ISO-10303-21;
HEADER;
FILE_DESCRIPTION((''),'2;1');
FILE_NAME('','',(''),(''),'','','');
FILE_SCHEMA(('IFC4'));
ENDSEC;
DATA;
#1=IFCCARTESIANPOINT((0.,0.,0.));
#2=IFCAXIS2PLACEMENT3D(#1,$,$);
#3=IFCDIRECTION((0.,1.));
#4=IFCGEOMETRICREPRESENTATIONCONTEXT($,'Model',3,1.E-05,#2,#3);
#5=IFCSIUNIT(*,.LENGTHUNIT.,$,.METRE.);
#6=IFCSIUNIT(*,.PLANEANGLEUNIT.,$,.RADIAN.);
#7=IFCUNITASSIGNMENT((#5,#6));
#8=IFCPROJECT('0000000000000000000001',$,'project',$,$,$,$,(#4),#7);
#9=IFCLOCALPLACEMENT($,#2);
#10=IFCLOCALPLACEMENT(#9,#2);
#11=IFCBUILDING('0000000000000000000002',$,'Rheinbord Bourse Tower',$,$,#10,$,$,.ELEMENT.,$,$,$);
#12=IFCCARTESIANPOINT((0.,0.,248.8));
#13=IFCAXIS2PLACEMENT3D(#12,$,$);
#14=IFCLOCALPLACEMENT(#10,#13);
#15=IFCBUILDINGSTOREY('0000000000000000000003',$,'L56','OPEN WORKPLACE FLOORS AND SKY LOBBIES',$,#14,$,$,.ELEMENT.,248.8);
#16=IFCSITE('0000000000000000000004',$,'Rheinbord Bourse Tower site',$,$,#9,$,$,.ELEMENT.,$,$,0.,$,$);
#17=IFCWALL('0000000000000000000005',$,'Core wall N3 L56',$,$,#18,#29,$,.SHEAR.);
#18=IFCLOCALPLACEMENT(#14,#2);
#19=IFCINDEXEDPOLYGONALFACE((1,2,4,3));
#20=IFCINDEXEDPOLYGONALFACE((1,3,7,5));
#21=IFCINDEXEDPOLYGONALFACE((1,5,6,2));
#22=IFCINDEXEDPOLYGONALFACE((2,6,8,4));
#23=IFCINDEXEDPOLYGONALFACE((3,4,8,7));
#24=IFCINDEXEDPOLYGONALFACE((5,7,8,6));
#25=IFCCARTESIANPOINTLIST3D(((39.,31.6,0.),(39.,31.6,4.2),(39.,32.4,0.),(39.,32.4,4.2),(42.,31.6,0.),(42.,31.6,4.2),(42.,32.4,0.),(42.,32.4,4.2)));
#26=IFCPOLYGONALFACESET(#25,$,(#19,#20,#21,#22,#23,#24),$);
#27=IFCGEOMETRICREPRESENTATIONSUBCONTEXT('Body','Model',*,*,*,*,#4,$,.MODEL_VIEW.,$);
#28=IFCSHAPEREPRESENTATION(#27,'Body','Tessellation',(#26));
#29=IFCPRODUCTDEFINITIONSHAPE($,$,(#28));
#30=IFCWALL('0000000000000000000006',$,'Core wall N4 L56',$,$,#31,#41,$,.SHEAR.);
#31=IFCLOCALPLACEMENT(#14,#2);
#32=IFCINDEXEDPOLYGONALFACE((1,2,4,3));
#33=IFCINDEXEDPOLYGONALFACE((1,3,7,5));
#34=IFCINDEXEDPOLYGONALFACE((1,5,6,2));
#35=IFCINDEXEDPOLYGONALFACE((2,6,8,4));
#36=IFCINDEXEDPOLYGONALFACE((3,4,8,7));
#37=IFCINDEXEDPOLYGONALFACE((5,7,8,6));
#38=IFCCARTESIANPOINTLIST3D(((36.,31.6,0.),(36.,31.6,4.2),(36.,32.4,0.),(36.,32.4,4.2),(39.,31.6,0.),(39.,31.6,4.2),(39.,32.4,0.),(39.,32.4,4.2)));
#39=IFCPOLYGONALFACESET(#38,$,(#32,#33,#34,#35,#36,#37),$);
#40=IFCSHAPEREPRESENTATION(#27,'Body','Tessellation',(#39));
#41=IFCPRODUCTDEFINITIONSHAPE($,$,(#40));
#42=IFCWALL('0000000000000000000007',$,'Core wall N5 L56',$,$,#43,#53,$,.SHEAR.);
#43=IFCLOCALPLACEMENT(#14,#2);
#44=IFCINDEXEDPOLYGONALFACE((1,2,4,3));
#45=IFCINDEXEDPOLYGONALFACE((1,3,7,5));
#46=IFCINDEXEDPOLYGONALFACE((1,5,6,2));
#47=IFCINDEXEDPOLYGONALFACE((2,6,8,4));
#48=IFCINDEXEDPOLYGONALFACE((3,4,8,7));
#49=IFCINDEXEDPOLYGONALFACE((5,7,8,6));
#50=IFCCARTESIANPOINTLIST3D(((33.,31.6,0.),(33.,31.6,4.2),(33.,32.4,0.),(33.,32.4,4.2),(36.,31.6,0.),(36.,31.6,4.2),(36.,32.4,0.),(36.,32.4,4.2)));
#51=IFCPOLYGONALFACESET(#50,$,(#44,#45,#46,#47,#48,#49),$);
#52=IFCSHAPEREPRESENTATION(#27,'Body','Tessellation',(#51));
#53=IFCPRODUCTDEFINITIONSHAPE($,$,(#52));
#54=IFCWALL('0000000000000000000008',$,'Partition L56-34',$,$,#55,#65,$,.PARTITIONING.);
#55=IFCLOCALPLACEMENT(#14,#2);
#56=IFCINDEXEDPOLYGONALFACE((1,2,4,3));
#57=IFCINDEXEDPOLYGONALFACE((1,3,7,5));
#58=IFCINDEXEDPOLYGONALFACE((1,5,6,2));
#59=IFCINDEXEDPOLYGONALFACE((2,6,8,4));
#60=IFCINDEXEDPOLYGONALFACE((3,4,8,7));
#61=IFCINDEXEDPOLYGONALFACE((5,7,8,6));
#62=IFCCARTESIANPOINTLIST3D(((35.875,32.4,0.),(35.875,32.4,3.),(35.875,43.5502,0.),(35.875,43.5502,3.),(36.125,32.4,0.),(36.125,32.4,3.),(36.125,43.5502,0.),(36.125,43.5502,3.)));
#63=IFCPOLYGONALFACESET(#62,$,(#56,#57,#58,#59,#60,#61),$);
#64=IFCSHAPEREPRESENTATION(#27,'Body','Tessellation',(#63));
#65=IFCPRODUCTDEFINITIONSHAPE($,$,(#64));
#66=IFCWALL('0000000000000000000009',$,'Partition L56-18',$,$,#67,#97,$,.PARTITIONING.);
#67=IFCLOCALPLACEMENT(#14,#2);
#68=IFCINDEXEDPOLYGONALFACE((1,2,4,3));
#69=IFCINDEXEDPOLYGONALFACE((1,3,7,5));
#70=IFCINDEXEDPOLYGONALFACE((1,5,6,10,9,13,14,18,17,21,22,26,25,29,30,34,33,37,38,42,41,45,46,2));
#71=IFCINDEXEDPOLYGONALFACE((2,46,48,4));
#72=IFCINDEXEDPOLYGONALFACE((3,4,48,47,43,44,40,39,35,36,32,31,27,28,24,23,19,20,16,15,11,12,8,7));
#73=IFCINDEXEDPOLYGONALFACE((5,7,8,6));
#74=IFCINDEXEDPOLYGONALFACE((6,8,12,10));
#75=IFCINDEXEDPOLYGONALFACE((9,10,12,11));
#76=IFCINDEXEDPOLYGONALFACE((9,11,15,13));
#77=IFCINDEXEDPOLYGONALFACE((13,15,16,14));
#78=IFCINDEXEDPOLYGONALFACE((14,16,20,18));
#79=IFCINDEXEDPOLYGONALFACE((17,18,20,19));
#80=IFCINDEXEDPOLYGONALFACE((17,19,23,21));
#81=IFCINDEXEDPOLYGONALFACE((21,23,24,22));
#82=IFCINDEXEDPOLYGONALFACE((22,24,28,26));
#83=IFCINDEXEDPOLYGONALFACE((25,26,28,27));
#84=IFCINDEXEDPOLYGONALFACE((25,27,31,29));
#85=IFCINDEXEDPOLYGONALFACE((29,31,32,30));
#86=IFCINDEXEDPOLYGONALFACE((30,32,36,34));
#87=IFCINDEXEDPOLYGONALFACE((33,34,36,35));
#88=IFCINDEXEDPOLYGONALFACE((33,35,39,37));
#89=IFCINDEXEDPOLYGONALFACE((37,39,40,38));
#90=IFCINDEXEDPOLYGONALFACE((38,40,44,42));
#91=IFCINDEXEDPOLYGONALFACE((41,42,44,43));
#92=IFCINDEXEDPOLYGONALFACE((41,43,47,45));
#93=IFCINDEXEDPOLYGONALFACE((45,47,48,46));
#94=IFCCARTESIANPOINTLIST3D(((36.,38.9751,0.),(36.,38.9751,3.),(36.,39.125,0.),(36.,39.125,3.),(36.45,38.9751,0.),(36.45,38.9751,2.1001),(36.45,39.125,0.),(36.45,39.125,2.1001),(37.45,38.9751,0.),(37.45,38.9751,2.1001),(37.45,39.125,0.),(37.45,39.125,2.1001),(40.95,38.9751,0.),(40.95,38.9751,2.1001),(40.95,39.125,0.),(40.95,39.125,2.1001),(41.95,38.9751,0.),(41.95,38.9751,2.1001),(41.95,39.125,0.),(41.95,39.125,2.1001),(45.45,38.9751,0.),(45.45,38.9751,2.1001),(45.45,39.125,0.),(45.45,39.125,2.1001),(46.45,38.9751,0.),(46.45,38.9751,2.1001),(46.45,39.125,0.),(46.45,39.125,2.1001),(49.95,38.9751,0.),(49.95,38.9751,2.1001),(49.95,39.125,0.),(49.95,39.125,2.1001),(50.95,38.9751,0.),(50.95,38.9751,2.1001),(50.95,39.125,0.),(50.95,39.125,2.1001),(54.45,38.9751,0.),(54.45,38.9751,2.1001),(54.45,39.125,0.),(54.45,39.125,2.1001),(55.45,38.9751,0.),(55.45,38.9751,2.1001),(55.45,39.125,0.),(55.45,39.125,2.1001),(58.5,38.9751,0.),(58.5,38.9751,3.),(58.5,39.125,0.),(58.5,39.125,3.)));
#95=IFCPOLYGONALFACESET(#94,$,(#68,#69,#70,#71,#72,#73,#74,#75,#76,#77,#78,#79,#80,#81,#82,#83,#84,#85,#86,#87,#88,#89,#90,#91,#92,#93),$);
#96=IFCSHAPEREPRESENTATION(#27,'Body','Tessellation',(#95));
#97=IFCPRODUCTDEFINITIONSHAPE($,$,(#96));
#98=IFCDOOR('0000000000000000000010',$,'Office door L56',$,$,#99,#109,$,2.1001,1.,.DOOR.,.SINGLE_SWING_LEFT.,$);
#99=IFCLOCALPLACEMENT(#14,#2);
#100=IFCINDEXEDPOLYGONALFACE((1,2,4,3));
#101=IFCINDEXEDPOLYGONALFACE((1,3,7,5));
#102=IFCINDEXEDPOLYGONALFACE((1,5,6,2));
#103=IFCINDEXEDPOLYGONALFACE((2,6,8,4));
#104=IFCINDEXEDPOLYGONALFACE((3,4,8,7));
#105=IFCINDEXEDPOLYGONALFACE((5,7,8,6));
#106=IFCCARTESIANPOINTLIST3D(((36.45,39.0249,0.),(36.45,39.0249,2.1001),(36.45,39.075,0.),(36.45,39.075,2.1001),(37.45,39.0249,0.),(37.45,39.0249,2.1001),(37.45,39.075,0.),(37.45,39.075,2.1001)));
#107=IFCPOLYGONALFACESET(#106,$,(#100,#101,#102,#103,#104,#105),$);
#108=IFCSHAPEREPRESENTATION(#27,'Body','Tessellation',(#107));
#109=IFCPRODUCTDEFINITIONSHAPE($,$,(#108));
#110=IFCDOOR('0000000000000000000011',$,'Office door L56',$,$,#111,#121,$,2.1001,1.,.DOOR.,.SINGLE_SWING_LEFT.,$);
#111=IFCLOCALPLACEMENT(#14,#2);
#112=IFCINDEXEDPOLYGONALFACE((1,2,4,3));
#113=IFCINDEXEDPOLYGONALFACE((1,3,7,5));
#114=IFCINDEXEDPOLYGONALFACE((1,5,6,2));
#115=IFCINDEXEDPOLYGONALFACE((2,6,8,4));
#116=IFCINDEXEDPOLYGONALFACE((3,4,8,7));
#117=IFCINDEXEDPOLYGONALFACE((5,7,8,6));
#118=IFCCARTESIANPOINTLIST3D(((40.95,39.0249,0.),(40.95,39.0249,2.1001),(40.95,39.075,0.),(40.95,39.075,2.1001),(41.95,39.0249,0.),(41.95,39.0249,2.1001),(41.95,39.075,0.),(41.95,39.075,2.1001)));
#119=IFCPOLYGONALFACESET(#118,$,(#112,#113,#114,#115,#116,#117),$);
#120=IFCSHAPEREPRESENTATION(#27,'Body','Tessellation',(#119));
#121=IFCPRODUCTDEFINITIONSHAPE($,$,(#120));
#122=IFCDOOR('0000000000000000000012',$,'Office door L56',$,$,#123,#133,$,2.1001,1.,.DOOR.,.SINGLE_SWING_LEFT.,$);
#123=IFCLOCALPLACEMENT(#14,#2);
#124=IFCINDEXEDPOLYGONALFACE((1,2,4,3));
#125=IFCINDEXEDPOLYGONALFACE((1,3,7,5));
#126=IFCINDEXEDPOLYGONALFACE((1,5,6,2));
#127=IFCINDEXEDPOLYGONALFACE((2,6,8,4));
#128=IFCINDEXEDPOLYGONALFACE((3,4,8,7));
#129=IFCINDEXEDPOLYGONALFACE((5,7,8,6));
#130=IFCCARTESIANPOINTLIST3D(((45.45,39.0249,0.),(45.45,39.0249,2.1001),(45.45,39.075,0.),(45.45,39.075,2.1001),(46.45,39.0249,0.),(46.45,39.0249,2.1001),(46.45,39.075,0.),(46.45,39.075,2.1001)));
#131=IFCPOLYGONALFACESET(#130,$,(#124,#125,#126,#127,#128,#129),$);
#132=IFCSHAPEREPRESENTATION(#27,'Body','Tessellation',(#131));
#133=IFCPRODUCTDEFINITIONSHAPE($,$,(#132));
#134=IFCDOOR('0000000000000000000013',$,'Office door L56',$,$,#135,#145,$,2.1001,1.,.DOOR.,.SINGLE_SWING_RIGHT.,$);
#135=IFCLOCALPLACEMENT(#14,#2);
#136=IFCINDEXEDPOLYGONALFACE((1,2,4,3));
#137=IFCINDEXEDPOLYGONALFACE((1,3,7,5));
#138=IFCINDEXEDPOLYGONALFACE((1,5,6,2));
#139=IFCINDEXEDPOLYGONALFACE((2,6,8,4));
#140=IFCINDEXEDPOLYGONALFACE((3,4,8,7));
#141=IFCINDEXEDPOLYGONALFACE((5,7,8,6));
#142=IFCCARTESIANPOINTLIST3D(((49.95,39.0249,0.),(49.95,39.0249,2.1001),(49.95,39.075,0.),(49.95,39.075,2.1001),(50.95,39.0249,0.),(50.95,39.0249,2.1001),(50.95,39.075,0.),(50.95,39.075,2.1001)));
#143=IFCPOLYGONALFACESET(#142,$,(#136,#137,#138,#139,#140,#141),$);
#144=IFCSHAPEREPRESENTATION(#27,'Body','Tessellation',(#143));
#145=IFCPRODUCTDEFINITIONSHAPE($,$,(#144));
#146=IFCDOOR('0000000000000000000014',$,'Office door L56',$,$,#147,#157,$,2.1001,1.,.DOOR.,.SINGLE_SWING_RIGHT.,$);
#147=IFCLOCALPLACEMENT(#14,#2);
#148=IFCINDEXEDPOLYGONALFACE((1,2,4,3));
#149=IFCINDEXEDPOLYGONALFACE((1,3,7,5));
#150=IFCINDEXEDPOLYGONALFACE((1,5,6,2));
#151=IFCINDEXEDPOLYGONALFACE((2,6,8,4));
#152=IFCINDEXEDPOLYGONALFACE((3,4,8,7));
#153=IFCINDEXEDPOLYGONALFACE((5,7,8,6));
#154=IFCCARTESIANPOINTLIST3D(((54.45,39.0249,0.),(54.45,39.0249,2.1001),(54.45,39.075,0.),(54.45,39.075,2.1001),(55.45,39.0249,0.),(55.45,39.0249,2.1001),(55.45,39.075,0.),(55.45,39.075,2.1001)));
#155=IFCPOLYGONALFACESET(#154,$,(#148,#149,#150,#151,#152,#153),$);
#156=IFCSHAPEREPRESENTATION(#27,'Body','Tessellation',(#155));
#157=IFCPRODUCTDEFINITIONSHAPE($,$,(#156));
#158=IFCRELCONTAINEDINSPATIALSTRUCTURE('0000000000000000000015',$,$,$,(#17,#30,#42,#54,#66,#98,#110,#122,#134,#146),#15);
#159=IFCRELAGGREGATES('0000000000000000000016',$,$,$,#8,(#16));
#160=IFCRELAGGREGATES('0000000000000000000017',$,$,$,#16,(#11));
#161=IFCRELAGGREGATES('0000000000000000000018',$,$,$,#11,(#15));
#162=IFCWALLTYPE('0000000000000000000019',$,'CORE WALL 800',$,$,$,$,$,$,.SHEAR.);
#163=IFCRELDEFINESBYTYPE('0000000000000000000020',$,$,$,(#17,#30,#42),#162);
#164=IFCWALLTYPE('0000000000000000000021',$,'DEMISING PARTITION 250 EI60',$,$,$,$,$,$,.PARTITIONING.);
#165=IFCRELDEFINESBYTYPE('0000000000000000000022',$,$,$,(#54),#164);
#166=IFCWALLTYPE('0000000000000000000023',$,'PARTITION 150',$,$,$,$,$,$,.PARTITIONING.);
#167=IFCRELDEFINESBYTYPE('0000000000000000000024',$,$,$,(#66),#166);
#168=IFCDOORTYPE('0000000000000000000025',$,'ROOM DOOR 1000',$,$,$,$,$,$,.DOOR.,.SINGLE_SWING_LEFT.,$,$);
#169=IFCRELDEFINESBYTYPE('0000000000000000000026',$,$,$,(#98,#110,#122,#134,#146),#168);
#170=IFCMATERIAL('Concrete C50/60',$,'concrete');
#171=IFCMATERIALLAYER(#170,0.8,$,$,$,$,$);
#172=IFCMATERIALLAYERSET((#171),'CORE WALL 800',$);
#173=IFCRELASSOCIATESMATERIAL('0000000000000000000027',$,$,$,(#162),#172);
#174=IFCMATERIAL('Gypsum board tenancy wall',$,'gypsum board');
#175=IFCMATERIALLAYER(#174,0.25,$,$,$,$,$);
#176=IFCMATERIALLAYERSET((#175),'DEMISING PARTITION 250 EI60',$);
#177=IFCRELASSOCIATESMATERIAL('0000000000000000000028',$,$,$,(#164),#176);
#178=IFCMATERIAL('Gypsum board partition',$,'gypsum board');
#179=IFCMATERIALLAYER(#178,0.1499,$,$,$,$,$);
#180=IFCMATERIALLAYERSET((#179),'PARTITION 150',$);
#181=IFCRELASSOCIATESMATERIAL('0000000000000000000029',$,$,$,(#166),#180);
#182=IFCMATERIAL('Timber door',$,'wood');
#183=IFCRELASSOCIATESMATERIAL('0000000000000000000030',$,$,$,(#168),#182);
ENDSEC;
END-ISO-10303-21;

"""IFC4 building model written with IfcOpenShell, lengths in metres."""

from ifc_helpers import new_model, si_unit, direction, frame, frame_2d, origin, place, context, subcontext, project, spatial, rectangle, extrude, material, layer, layer_set, type_object, element, fill, save


model = new_model("IFC4")

# Units and contexts
model_context = context("Model", 3, precision=1e-05, world=origin(), true_north=direction((0.0, 1.0)))
body_context = subcontext(model_context, "Body", "Model", "MODEL_VIEW")
ifc_project = project(units=[si_unit("LENGTHUNIT", "METRE"), si_unit("PLANEANGLEUNIT", "RADIAN")], contexts=[model_context])

# Site, building, storey
site_placement = place(None, origin())
site = spatial("IfcSite", under=ifc_project, at=site_placement, Name="Rheinbord Bourse Tower site", CompositionType="ELEMENT", RefElevation=0.0)
building_placement = place(site_placement, origin())
building = spatial("IfcBuilding", under=site, at=building_placement, Name="Rheinbord Bourse Tower", CompositionType="ELEMENT")
storey_placement = place(building_placement, frame((0.0, 0.0, 248.8)))
storey = spatial("IfcBuildingStorey", under=building, at=storey_placement, Name="L56", Description="OPEN WORKPLACE FLOORS AND SKY LOBBIES", CompositionType="ELEMENT", Elevation=248.8)

# Walls
ifc_material_1 = material(Name="Concrete C50/60", Category="concrete")
ifc_layer_1 = layer(ifc_material_1, 0.8)
ifc_layer_set_1 = layer_set([ifc_layer_1], Name="CORE WALL 800")
wall_type_1 = type_object("IfcWallType", Name="CORE WALL 800", PredefinedType="SHEAR", material=ifc_layer_set_1)
for number, where, z_axis, x_axis, name in (
    (1, (42.0, 32.0, 0.0), (0.0, 0.0, 1.0), (-1.0, 0.0, 0.0), "Core wall N3 L56"),
    (2, (39.0, 32.0, 0.0), (0.0, 0.0, 1.0), (-1.0, 0.0, 0.0), "Core wall N4 L56"),
    (3, (36.0, 32.0, 0.0), (0.0, 0.0, 1.0), (-1.0, 0.0, 0.0), "Core wall N5 L56"),
):
    element("IfcWall", number, at=place(storey_placement, frame(where, z_axis=z_axis, x_axis=x_axis)), inside=storey, type_object=wall_type_1, Name=name, PredefinedType="SHEAR", context=body_context, shape_type="SweptSolid", body=[
        extrude(rectangle(XDim=3.0, YDim=0.8, at=frame_2d((1.5, 0.0))), origin(), (0.0, 0.0, 1.0), 4.2),
    ])
ifc_material_2 = material(Name="Gypsum board tenancy wall", Category="gypsum board")
ifc_layer_2 = layer(ifc_material_2, 0.25)
ifc_layer_set_2 = layer_set([ifc_layer_2], Name="DEMISING PARTITION 250 EI60")
wall_type_2 = type_object("IfcWallType", Name="DEMISING PARTITION 250 EI60", PredefinedType="PARTITIONING", material=ifc_layer_set_2)
wall_1_placement = place(storey_placement, frame((36.0, 32.3999, 0.0), z_axis=(0.0, 0.0, 1.0), x_axis=(0.0, 1.0, 0.0)))
element("IfcWall", 4, at=wall_1_placement, inside=storey, type_object=wall_type_2, Name="Partition L56-34", PredefinedType="PARTITIONING", context=body_context, shape_type="SweptSolid", body=[
    extrude(rectangle(XDim=11.1501, YDim=0.25, at=frame_2d((5.5752, 0.0))), origin(), (0.0, 0.0, 1.0), 3.0),
])

# Wall, openings, doors
ifc_material_3 = material(Name="Gypsum board partition", Category="gypsum board")
ifc_layer_3 = layer(ifc_material_3, 0.1499)
ifc_layer_set_3 = layer_set([ifc_layer_3], Name="PARTITION 150")
wall_type_3 = type_object("IfcWallType", Name="PARTITION 150", PredefinedType="PARTITIONING", material=ifc_layer_set_3)
wall_2_placement = place(storey_placement, frame((36.0, 39.05, 0.0), z_axis=(0.0, 0.0, 1.0), x_axis=(1.0, 0.0, 0.0)))
wall_2 = element("IfcWall", 5, at=wall_2_placement, inside=storey, type_object=wall_type_3, Name="Partition L56-18", PredefinedType="PARTITIONING", context=body_context, shape_type="SweptSolid", body=[
    extrude(rectangle(XDim=22.5, YDim=0.1499, at=frame_2d((11.25, 0.0))), origin(), (0.0, 0.0, 1.0), 3.0),
])
opening_1_placement = place(wall_2_placement, frame((0.45, 0.0, 0.0)))
opening_1 = element("IfcOpeningElement", 6, at=opening_1_placement, cuts=wall_2, PredefinedType="OPENING", context=body_context, shape_type="SweptSolid", body=[
    extrude(rectangle(XDim=1.0, YDim=2.1001, at=frame_2d((0.5, 1.05))), frame((0.0, 0.085, 0.0), z_axis=(0.0, -1.0, 0.0), x_axis=(1.0, 0.0, 0.0)), (0.0, 0.0, 1.0), 0.1699),
])
opening_2_placement = place(wall_2_placement, frame((4.95, 0.0, 0.0)))
opening_2 = element("IfcOpeningElement", 7, at=opening_2_placement, cuts=wall_2, PredefinedType="OPENING", context=body_context, shape_type="SweptSolid", body=[
    extrude(rectangle(XDim=1.0, YDim=2.1001, at=frame_2d((0.5, 1.05))), frame((0.0, 0.085, 0.0), z_axis=(0.0, -1.0, 0.0), x_axis=(1.0, 0.0, 0.0)), (0.0, 0.0, 1.0), 0.1699),
])
opening_3_placement = place(wall_2_placement, frame((9.45, 0.0, 0.0)))
opening_3 = element("IfcOpeningElement", 8, at=opening_3_placement, cuts=wall_2, PredefinedType="OPENING", context=body_context, shape_type="SweptSolid", body=[
    extrude(rectangle(XDim=1.0, YDim=2.1001, at=frame_2d((0.5, 1.05))), frame((0.0, 0.085, 0.0), z_axis=(0.0, -1.0, 0.0), x_axis=(1.0, 0.0, 0.0)), (0.0, 0.0, 1.0), 0.1699),
])
opening_4_placement = place(wall_2_placement, frame((13.95, 0.0, 0.0)))
opening_4 = element("IfcOpeningElement", 9, at=opening_4_placement, cuts=wall_2, PredefinedType="OPENING", context=body_context, shape_type="SweptSolid", body=[
    extrude(rectangle(XDim=1.0, YDim=2.1001, at=frame_2d((0.5, 1.05))), frame((0.0, 0.085, 0.0), z_axis=(0.0, -1.0, 0.0), x_axis=(1.0, 0.0, 0.0)), (0.0, 0.0, 1.0), 0.1699),
])
opening_5_placement = place(wall_2_placement, frame((18.45, 0.0, 0.0)))
opening_5 = element("IfcOpeningElement", 10, at=opening_5_placement, cuts=wall_2, PredefinedType="OPENING", context=body_context, shape_type="SweptSolid", body=[
    extrude(rectangle(XDim=1.0, YDim=2.1001, at=frame_2d((0.5, 1.05))), frame((0.0, 0.085, 0.0), z_axis=(0.0, -1.0, 0.0), x_axis=(1.0, 0.0, 0.0)), (0.0, 0.0, 1.0), 0.1699),
])
ifc_material_4 = material(Name="Timber door", Category="wood")
door_type_1 = type_object("IfcDoorType", Name="ROOM DOOR 1000", OperationType="SINGLE_SWING_LEFT", PredefinedType="DOOR", material=ifc_material_4)
door_1_placement = place(opening_1_placement, origin())
door_1 = element("IfcDoor", 11, at=door_1_placement, inside=storey, type_object=door_type_1, Name="Office door L56", OperationType="SINGLE_SWING_LEFT", OverallHeight=2.1001, OverallWidth=1.0, PredefinedType="DOOR", context=body_context, shape_type="SweptSolid", body=[
    extrude(rectangle(XDim=1.0, YDim=2.1001, at=frame_2d((0.5, 1.05))), frame((0.0, 0.0249, 0.0), z_axis=(0.0, -1.0, 0.0), x_axis=(1.0, 0.0, 0.0)), (0.0, 0.0, 1.0), 0.05),
])
fill(opening_1, door_1)
door_2_placement = place(opening_2_placement, origin())
door_2 = element("IfcDoor", 12, at=door_2_placement, inside=storey, type_object=door_type_1, Name="Office door L56", OperationType="SINGLE_SWING_LEFT", OverallHeight=2.1001, OverallWidth=1.0, PredefinedType="DOOR", context=body_context, shape_type="SweptSolid", body=[
    extrude(rectangle(XDim=1.0, YDim=2.1001, at=frame_2d((0.5, 1.05))), frame((0.0, 0.0249, 0.0), z_axis=(0.0, -1.0, 0.0), x_axis=(1.0, 0.0, 0.0)), (0.0, 0.0, 1.0), 0.05),
])
fill(opening_2, door_2)
door_3_placement = place(opening_3_placement, origin())
door_3 = element("IfcDoor", 13, at=door_3_placement, inside=storey, type_object=door_type_1, Name="Office door L56", OperationType="SINGLE_SWING_LEFT", OverallHeight=2.1001, OverallWidth=1.0, PredefinedType="DOOR", context=body_context, shape_type="SweptSolid", body=[
    extrude(rectangle(XDim=1.0, YDim=2.1001, at=frame_2d((0.5, 1.05))), frame((0.0, 0.0249, 0.0), z_axis=(0.0, -1.0, 0.0), x_axis=(1.0, 0.0, 0.0)), (0.0, 0.0, 1.0), 0.05),
])
fill(opening_3, door_3)
door_4_placement = place(opening_4_placement, origin())
door_4 = element("IfcDoor", 14, at=door_4_placement, inside=storey, type_object=door_type_1, Name="Office door L56", OperationType="SINGLE_SWING_RIGHT", OverallHeight=2.1001, OverallWidth=1.0, PredefinedType="DOOR", context=body_context, shape_type="SweptSolid", body=[
    extrude(rectangle(XDim=1.0, YDim=2.1001, at=frame_2d((0.5, 1.05))), frame((0.0, 0.0249, 0.0), z_axis=(0.0, -1.0, 0.0), x_axis=(1.0, 0.0, 0.0)), (0.0, 0.0, 1.0), 0.05),
])
fill(opening_4, door_4)
door_5_placement = place(opening_5_placement, origin())
door_5 = element("IfcDoor", 15, at=door_5_placement, inside=storey, type_object=door_type_1, Name="Office door L56", OperationType="SINGLE_SWING_RIGHT", OverallHeight=2.1001, OverallWidth=1.0, PredefinedType="DOOR", context=body_context, shape_type="SweptSolid", body=[
    extrude(rectangle(XDim=1.0, YDim=2.1001, at=frame_2d((0.5, 1.05))), frame((0.0, 0.0249, 0.0), z_axis=(0.0, -1.0, 0.0), x_axis=(1.0, 0.0, 0.0)), (0.0, 0.0, 1.0), 0.05),
])
fill(opening_5, door_5)

save(model, "model.ifc")
